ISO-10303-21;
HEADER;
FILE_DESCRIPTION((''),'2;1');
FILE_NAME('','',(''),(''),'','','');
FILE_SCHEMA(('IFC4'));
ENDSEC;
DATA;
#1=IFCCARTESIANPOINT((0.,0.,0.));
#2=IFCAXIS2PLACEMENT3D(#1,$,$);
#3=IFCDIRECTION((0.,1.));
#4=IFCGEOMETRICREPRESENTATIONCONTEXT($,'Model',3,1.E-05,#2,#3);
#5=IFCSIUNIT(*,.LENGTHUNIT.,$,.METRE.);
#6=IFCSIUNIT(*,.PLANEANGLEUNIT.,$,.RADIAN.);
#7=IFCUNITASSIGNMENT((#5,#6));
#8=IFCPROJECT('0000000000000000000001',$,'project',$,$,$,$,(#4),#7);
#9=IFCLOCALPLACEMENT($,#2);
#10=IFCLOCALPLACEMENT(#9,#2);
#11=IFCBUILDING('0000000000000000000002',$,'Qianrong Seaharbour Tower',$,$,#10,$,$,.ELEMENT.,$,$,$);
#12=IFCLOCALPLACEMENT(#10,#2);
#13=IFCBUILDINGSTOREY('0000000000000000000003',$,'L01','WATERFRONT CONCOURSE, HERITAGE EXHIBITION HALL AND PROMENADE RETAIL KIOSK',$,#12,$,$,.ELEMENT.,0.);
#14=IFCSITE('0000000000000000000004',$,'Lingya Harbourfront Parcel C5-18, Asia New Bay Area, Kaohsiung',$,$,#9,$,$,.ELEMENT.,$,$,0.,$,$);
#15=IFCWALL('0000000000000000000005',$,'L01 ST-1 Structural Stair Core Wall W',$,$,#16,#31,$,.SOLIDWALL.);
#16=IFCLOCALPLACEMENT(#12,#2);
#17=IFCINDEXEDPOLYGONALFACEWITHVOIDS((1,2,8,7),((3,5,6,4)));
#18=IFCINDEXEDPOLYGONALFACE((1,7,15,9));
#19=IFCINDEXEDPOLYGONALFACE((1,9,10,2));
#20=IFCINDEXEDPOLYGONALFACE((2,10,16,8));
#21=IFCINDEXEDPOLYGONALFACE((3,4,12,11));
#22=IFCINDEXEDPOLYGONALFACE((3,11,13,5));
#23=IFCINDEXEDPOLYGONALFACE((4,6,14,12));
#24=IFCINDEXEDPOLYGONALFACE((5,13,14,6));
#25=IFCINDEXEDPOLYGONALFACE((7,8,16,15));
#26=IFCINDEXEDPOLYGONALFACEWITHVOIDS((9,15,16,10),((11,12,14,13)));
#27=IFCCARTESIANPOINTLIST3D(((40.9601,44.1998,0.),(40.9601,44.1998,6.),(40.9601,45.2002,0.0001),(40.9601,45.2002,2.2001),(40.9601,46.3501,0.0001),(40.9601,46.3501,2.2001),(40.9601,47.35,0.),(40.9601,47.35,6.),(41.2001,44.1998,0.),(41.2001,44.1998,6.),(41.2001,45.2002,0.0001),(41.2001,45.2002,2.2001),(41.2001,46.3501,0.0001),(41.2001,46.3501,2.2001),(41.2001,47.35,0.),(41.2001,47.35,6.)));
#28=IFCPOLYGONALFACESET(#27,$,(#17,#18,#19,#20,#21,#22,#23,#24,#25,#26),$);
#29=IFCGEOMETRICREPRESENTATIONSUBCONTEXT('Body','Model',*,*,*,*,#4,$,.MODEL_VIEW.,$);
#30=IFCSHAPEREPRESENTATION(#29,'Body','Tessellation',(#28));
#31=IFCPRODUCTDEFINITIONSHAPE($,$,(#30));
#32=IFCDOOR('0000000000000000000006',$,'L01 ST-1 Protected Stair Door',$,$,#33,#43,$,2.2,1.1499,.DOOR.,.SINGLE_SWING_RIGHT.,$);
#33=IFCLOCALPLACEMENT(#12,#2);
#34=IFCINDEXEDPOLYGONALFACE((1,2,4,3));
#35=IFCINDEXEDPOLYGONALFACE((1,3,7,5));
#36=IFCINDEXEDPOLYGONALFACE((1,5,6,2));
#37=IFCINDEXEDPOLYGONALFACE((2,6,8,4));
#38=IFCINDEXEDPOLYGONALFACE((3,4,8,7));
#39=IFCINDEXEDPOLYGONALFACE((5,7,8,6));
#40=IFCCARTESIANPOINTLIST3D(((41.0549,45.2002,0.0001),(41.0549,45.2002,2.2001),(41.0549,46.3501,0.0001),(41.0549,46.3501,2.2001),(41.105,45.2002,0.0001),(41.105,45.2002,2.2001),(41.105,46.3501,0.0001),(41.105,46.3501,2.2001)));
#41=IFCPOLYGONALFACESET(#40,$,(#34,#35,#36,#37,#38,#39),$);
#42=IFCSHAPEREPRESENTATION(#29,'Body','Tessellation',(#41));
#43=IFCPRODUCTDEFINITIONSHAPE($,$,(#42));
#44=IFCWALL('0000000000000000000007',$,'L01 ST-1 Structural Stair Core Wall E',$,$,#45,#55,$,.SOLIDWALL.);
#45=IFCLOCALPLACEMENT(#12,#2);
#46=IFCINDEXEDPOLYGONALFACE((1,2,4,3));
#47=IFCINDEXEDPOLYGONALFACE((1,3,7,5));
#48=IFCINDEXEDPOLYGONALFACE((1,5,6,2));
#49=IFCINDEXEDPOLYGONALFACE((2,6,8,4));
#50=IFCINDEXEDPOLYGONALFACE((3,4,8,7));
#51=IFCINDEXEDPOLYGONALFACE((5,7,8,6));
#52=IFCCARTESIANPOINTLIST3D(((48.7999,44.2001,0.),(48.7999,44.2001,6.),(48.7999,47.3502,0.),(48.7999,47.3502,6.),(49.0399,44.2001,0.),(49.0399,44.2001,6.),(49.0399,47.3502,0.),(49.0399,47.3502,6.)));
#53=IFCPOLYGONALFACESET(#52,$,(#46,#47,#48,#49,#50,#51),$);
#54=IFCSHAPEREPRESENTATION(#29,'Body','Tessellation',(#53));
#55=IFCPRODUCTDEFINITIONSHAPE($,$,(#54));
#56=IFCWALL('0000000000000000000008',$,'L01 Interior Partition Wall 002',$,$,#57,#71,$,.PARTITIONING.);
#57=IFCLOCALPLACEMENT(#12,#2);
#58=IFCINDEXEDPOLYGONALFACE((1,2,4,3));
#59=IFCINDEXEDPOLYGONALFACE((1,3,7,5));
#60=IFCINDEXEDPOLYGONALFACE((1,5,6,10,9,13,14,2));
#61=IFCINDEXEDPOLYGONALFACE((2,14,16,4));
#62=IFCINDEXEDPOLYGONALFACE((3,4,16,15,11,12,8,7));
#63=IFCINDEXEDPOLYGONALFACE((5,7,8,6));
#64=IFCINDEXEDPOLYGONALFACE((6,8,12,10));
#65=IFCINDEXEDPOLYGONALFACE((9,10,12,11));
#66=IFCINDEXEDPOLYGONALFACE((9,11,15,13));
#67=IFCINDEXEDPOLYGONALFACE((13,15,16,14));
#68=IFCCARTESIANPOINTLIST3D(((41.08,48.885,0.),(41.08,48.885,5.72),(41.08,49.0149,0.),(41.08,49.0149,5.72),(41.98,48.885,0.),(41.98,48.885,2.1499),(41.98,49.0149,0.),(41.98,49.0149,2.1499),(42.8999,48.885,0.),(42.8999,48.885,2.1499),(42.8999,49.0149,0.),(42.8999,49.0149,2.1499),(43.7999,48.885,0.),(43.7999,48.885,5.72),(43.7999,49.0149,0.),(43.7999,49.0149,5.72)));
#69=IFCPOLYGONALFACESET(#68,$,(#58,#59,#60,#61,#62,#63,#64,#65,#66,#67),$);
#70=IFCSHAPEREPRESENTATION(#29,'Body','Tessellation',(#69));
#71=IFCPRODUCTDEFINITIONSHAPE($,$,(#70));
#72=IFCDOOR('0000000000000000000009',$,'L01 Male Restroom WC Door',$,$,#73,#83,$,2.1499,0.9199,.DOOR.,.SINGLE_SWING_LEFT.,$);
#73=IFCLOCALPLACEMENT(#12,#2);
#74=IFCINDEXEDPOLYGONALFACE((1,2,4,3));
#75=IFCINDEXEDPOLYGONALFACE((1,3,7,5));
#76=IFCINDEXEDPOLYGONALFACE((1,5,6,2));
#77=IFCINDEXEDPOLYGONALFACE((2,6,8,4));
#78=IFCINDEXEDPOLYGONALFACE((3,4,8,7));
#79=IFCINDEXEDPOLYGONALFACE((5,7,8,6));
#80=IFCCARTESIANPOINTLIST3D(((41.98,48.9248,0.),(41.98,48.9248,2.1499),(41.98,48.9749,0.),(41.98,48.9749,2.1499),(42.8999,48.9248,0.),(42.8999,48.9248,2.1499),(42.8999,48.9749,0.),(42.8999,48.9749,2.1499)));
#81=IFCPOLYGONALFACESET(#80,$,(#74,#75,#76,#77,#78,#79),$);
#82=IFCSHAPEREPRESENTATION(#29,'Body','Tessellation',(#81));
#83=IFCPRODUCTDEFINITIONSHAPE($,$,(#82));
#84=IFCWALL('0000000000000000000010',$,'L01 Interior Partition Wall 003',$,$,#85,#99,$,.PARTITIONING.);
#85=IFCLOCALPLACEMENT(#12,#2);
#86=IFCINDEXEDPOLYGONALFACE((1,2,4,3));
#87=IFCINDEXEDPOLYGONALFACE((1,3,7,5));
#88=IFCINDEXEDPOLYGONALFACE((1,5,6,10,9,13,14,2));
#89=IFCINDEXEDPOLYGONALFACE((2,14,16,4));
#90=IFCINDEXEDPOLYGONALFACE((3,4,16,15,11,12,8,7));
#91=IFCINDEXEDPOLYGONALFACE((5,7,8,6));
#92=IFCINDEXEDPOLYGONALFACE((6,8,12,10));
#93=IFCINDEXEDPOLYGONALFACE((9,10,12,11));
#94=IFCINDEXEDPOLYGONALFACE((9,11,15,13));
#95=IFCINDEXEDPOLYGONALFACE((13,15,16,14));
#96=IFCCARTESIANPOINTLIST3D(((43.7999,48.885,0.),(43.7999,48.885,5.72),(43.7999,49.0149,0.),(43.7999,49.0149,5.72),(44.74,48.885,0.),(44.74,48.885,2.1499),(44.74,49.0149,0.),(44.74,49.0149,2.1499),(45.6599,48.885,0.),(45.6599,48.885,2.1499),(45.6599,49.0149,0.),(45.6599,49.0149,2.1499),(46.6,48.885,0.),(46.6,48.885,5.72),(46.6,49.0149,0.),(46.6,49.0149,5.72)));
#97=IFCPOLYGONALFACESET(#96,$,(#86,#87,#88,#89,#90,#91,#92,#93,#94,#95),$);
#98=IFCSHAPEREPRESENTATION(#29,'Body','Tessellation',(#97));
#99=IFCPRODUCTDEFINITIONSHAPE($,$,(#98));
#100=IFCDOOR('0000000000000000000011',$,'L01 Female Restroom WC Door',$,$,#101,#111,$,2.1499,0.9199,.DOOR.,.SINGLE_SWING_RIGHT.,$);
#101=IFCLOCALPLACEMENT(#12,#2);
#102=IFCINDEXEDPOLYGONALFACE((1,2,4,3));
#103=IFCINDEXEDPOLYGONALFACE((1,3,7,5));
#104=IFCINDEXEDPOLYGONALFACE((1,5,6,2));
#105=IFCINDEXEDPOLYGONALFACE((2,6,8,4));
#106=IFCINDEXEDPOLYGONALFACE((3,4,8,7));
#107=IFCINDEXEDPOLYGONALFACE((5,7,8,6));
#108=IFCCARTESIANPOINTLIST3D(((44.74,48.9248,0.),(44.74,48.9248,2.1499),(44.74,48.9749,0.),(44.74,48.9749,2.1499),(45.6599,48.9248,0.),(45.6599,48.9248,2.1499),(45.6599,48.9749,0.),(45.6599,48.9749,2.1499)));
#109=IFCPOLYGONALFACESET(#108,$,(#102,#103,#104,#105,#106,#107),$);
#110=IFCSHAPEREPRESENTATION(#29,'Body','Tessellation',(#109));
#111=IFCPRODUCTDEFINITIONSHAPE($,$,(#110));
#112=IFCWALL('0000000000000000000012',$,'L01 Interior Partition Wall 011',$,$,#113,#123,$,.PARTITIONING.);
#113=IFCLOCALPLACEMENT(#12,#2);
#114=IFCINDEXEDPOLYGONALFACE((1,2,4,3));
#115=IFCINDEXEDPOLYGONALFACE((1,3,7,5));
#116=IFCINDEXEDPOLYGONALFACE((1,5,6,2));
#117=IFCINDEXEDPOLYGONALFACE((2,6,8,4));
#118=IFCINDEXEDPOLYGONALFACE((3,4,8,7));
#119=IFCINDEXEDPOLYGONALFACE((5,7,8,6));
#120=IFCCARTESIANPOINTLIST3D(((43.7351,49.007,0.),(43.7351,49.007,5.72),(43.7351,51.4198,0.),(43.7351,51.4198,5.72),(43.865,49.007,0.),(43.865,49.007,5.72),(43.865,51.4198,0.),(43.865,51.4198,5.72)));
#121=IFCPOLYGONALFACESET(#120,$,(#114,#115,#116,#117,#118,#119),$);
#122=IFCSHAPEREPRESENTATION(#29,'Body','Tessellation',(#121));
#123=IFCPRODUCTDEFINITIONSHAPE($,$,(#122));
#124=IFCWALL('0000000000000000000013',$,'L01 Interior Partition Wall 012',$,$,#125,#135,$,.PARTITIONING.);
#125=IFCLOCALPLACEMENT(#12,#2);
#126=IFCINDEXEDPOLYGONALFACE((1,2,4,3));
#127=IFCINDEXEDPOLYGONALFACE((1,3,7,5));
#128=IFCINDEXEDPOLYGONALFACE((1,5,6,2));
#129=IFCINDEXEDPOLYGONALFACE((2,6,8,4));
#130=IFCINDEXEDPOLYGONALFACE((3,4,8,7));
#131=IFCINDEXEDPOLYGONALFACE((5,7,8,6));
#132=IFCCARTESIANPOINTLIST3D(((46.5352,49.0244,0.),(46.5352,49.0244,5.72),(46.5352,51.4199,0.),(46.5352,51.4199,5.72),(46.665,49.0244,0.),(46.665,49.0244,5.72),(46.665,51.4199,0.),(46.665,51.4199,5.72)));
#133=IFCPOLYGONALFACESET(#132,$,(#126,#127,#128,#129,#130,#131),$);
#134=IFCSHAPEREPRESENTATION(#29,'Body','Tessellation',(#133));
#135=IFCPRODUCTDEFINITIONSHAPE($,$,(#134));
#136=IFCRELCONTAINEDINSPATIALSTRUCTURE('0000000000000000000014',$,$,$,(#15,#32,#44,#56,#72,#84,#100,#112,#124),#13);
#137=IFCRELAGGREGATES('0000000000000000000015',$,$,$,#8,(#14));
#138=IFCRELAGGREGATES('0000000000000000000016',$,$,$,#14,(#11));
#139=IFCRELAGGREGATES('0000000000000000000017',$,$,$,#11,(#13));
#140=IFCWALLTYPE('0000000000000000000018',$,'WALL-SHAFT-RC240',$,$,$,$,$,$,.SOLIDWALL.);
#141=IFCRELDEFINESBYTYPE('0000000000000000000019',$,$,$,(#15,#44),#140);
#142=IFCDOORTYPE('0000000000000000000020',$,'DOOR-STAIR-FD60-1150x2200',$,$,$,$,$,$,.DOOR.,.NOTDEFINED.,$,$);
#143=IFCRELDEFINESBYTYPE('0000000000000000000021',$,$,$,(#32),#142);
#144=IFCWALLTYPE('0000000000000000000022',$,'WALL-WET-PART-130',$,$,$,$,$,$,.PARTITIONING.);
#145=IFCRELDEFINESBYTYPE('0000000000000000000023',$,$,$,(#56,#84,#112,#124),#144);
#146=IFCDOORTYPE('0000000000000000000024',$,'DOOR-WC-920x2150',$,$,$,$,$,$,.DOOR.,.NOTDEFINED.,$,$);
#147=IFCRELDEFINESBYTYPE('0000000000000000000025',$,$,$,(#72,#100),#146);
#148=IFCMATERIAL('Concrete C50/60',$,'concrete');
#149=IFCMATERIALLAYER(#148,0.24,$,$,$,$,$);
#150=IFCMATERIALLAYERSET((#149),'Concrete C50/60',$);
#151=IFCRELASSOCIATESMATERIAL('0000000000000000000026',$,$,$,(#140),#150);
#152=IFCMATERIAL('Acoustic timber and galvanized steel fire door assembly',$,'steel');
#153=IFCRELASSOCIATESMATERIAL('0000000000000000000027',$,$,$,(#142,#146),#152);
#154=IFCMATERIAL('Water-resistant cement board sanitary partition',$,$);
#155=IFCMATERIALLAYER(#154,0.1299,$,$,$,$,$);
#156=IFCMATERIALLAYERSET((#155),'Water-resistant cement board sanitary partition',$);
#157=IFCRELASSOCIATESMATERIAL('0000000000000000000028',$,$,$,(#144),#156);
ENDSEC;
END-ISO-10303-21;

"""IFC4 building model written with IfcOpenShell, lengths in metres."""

from ifc_helpers import new_model, si_unit, direction, frame, frame_2d, origin, place, context, subcontext, project, spatial, rectangle, extrude, material, layer, layer_set, type_object, element, fill, save


model = new_model("IFC4")

# Units and contexts
model_context = context("Model", 3, precision=1e-05, world=origin(), true_north=direction((0.0, 1.0)))
body_context = subcontext(model_context, "Body", "Model", "MODEL_VIEW")
ifc_project = project(units=[si_unit("LENGTHUNIT", "METRE"), si_unit("PLANEANGLEUNIT", "RADIAN")], contexts=[model_context])

# Site, building, storey
site_placement = place(None, origin())
site = spatial("IfcSite", under=ifc_project, at=site_placement, Name="Lingya Harbourfront Parcel C5-18, Asia New Bay Area, Kaohsiung", CompositionType="ELEMENT", RefElevation=0.0)
building_placement = place(site_placement, origin())
building = spatial("IfcBuilding", under=site, at=building_placement, Name="Qianrong Seaharbour Tower", CompositionType="ELEMENT")
storey_placement = place(building_placement, origin())
storey = spatial("IfcBuildingStorey", under=building, at=storey_placement, Name="L01", Description="WATERFRONT CONCOURSE, HERITAGE EXHIBITION HALL AND PROMENADE RETAIL KIOSK", CompositionType="ELEMENT", Elevation=0.0)

# Shared definitions
ifc_material_1 = material(Name="Acoustic timber and galvanized steel fire door assembly", Category="steel")

# Shared definitions
ifc_material_2 = material(Name="Concrete C50/60", Category="concrete")
ifc_layer_1 = layer(ifc_material_2, 0.24)
ifc_layer_set_1 = layer_set([ifc_layer_1], Name="Concrete C50/60")
wall_type_1 = type_object("IfcWallType", Name="WALL-SHAFT-RC240", PredefinedType="SOLIDWALL", material=ifc_layer_set_1)

# Wall, opening, door
wall_1_placement = place(storey_placement, frame((41.0801, 47.3501, 0.0), z_axis=(0.0, 0.0, 1.0), x_axis=(0.0, -1.0, 0.0)))
wall_1 = element("IfcWall", 1, at=wall_1_placement, inside=storey, type_object=wall_type_1, Name="L01 ST-1 Structural Stair Core Wall W", PredefinedType="SOLIDWALL", context=body_context, shape_type="SweptSolid", body=[
    extrude(rectangle(XDim=3.1501, YDim=0.24, at=frame_2d((1.5752, 0.0))), origin(), (0.0, 0.0, 1.0), 6.0),
])
opening_1_placement = place(wall_1_placement, frame((1.0, 0.0, 0.0)))
opening_1 = element("IfcOpeningElement", 2, at=opening_1_placement, cuts=wall_1, PredefinedType="OPENING", context=body_context, shape_type="SweptSolid", body=[
    extrude(rectangle(XDim=1.1499, YDim=2.2, at=frame_2d((0.575, 1.1001))), frame((0.0, 0.1299, 0.0), z_axis=(0.0, -1.0, 0.0), x_axis=(1.0, 0.0, 0.0)), (0.0, 0.0, 1.0), 0.26),
])
door_type_1 = type_object("IfcDoorType", Name="DOOR-STAIR-FD60-1150x2200", OperationType="NOTDEFINED", PredefinedType="DOOR", material=ifc_material_1)
door_1_placement = place(opening_1_placement, origin())
door_1 = element("IfcDoor", 3, at=door_1_placement, inside=storey, type_object=door_type_1, Name="L01 ST-1 Protected Stair Door", OperationType="SINGLE_SWING_RIGHT", OverallHeight=2.2, OverallWidth=1.1499, PredefinedType="DOOR", context=body_context, shape_type="SweptSolid", body=[
    extrude(rectangle(XDim=1.1499, YDim=2.2, at=frame_2d((0.575, 1.1001))), frame((0.0, 0.0249, 0.0), z_axis=(0.0, -1.0, 0.0), x_axis=(1.0, 0.0, 0.0)), (0.0, 0.0, 1.0), 0.05),
])
fill(opening_1, door_1)

# Wall
wall_2_placement = place(storey_placement, frame((48.9199, 44.2, 0.0), z_axis=(0.0, 0.0, 1.0), x_axis=(0.0, 1.0, 0.0)))
element("IfcWall", 4, at=wall_2_placement, inside=storey, type_object=wall_type_1, Name="L01 ST-1 Structural Stair Core Wall E", PredefinedType="SOLIDWALL", context=body_context, shape_type="SweptSolid", body=[
    extrude(rectangle(XDim=3.1501, YDim=0.24, at=frame_2d((1.5752, 0.0))), origin(), (0.0, 0.0, 1.0), 6.0),
])

# Walls, openings, doors
ifc_material_3 = material(Name="Water-resistant cement board sanitary partition")
ifc_layer_2 = layer(ifc_material_3, 0.1299)
ifc_layer_set_2 = layer_set([ifc_layer_2], Name="Water-resistant cement board sanitary partition")
wall_type_2 = type_object("IfcWallType", Name="WALL-WET-PART-130", PredefinedType="PARTITIONING", material=ifc_layer_set_2)
wall_3_placement = place(storey_placement, frame((41.0801, 48.95, 0.0), z_axis=(0.0, 0.0, 1.0), x_axis=(1.0, 0.0, 0.0)))
wall_3 = element("IfcWall", 5, at=wall_3_placement, inside=storey, type_object=wall_type_2, Name="L01 Interior Partition Wall 002", PredefinedType="PARTITIONING", context=body_context, shape_type="SweptSolid", body=[
    extrude(rectangle(XDim=2.72, YDim=0.1299, at=frame_2d((1.3599, 0.0))), origin(), (0.0, 0.0, 1.0), 5.72),
])
opening_2_placement = place(wall_3_placement, frame((0.8999, 0.0, 0.0)))
opening_2 = element("IfcOpeningElement", 6, at=opening_2_placement, cuts=wall_3, PredefinedType="OPENING", context=body_context, shape_type="SweptSolid", body=[
    extrude(rectangle(XDim=0.9199, YDim=2.1499, at=frame_2d((0.46, 1.075))), frame((0.0, 0.075, 0.0), z_axis=(0.0, -1.0, 0.0), x_axis=(1.0, 0.0, 0.0)), (0.0, 0.0, 1.0), 0.1499),
])
door_type_2 = type_object("IfcDoorType", Name="DOOR-WC-920x2150", OperationType="NOTDEFINED", PredefinedType="DOOR", material=ifc_material_1)
door_2_placement = place(opening_2_placement, origin())
door_2 = element("IfcDoor", 7, at=door_2_placement, inside=storey, type_object=door_type_2, Name="L01 Male Restroom WC Door", OperationType="SINGLE_SWING_LEFT", OverallHeight=2.1499, OverallWidth=0.9199, PredefinedType="DOOR", context=body_context, shape_type="SweptSolid", body=[
    extrude(rectangle(XDim=0.9199, YDim=2.1499, at=frame_2d((0.46, 1.075))), frame((0.0, 0.0249, 0.0), z_axis=(0.0, -1.0, 0.0), x_axis=(1.0, 0.0, 0.0)), (0.0, 0.0, 1.0), 0.05),
])
fill(opening_2, door_2)
wall_4_placement = place(storey_placement, frame((43.8, 48.95, 0.0), z_axis=(0.0, 0.0, 1.0), x_axis=(1.0, 0.0, 0.0)))
wall_4 = element("IfcWall", 8, at=wall_4_placement, inside=storey, type_object=wall_type_2, Name="L01 Interior Partition Wall 003", PredefinedType="PARTITIONING", context=body_context, shape_type="SweptSolid", body=[
    extrude(rectangle(XDim=2.8, YDim=0.1299, at=frame_2d((1.3999, 0.0))), origin(), (0.0, 0.0, 1.0), 5.72),
])
opening_3_placement = place(wall_4_placement, frame((0.9399, 0.0, 0.0)))
opening_3 = element("IfcOpeningElement", 9, at=opening_3_placement, cuts=wall_4, PredefinedType="OPENING", context=body_context, shape_type="SweptSolid", body=[
    extrude(rectangle(XDim=0.9199, YDim=2.1499, at=frame_2d((0.46, 1.075))), frame((0.0, 0.075, 0.0), z_axis=(0.0, -1.0, 0.0), x_axis=(1.0, 0.0, 0.0)), (0.0, 0.0, 1.0), 0.1499),
])
door_3_placement = place(opening_3_placement, origin())
door_3 = element("IfcDoor", 10, at=door_3_placement, inside=storey, type_object=door_type_2, Name="L01 Female Restroom WC Door", OperationType="SINGLE_SWING_RIGHT", OverallHeight=2.1499, OverallWidth=0.9199, PredefinedType="DOOR", context=body_context, shape_type="SweptSolid", body=[
    extrude(rectangle(XDim=0.9199, YDim=2.1499, at=frame_2d((0.46, 1.075))), frame((0.0, 0.0249, 0.0), z_axis=(0.0, -1.0, 0.0), x_axis=(1.0, 0.0, 0.0)), (0.0, 0.0, 1.0), 0.05),
])
fill(opening_3, door_3)

# Walls
wall_5_placement = place(storey_placement, frame((43.8, 51.4199, 0.0), z_axis=(0.0, 0.0, 1.0), x_axis=(0.0, -1.0, 0.0)))
element("IfcWall", 11, at=wall_5_placement, inside=storey, type_object=wall_type_2, Name="L01 Interior Partition Wall 011", PredefinedType="PARTITIONING", context=body_context, shape_type="SweptSolid", body=[
    extrude(rectangle(XDim=2.4128, YDim=0.1299, at=frame_2d((1.2065, 0.0))), origin(), (0.0, 0.0, 1.0), 5.72),
])
wall_6_placement = place(storey_placement, frame((46.6001, 51.4199, 0.0), z_axis=(0.0, 0.0, 1.0), x_axis=(0.0, -1.0, 0.0)))
element("IfcWall", 12, at=wall_6_placement, inside=storey, type_object=wall_type_2, Name="L01 Interior Partition Wall 012", PredefinedType="PARTITIONING", context=body_context, shape_type="SweptSolid", body=[
    extrude(rectangle(XDim=2.3955, YDim=0.1299, at=frame_2d((1.1978, 0.0))), origin(), (0.0, 0.0, 1.0), 5.72),
])

save(model, "model.ifc")
